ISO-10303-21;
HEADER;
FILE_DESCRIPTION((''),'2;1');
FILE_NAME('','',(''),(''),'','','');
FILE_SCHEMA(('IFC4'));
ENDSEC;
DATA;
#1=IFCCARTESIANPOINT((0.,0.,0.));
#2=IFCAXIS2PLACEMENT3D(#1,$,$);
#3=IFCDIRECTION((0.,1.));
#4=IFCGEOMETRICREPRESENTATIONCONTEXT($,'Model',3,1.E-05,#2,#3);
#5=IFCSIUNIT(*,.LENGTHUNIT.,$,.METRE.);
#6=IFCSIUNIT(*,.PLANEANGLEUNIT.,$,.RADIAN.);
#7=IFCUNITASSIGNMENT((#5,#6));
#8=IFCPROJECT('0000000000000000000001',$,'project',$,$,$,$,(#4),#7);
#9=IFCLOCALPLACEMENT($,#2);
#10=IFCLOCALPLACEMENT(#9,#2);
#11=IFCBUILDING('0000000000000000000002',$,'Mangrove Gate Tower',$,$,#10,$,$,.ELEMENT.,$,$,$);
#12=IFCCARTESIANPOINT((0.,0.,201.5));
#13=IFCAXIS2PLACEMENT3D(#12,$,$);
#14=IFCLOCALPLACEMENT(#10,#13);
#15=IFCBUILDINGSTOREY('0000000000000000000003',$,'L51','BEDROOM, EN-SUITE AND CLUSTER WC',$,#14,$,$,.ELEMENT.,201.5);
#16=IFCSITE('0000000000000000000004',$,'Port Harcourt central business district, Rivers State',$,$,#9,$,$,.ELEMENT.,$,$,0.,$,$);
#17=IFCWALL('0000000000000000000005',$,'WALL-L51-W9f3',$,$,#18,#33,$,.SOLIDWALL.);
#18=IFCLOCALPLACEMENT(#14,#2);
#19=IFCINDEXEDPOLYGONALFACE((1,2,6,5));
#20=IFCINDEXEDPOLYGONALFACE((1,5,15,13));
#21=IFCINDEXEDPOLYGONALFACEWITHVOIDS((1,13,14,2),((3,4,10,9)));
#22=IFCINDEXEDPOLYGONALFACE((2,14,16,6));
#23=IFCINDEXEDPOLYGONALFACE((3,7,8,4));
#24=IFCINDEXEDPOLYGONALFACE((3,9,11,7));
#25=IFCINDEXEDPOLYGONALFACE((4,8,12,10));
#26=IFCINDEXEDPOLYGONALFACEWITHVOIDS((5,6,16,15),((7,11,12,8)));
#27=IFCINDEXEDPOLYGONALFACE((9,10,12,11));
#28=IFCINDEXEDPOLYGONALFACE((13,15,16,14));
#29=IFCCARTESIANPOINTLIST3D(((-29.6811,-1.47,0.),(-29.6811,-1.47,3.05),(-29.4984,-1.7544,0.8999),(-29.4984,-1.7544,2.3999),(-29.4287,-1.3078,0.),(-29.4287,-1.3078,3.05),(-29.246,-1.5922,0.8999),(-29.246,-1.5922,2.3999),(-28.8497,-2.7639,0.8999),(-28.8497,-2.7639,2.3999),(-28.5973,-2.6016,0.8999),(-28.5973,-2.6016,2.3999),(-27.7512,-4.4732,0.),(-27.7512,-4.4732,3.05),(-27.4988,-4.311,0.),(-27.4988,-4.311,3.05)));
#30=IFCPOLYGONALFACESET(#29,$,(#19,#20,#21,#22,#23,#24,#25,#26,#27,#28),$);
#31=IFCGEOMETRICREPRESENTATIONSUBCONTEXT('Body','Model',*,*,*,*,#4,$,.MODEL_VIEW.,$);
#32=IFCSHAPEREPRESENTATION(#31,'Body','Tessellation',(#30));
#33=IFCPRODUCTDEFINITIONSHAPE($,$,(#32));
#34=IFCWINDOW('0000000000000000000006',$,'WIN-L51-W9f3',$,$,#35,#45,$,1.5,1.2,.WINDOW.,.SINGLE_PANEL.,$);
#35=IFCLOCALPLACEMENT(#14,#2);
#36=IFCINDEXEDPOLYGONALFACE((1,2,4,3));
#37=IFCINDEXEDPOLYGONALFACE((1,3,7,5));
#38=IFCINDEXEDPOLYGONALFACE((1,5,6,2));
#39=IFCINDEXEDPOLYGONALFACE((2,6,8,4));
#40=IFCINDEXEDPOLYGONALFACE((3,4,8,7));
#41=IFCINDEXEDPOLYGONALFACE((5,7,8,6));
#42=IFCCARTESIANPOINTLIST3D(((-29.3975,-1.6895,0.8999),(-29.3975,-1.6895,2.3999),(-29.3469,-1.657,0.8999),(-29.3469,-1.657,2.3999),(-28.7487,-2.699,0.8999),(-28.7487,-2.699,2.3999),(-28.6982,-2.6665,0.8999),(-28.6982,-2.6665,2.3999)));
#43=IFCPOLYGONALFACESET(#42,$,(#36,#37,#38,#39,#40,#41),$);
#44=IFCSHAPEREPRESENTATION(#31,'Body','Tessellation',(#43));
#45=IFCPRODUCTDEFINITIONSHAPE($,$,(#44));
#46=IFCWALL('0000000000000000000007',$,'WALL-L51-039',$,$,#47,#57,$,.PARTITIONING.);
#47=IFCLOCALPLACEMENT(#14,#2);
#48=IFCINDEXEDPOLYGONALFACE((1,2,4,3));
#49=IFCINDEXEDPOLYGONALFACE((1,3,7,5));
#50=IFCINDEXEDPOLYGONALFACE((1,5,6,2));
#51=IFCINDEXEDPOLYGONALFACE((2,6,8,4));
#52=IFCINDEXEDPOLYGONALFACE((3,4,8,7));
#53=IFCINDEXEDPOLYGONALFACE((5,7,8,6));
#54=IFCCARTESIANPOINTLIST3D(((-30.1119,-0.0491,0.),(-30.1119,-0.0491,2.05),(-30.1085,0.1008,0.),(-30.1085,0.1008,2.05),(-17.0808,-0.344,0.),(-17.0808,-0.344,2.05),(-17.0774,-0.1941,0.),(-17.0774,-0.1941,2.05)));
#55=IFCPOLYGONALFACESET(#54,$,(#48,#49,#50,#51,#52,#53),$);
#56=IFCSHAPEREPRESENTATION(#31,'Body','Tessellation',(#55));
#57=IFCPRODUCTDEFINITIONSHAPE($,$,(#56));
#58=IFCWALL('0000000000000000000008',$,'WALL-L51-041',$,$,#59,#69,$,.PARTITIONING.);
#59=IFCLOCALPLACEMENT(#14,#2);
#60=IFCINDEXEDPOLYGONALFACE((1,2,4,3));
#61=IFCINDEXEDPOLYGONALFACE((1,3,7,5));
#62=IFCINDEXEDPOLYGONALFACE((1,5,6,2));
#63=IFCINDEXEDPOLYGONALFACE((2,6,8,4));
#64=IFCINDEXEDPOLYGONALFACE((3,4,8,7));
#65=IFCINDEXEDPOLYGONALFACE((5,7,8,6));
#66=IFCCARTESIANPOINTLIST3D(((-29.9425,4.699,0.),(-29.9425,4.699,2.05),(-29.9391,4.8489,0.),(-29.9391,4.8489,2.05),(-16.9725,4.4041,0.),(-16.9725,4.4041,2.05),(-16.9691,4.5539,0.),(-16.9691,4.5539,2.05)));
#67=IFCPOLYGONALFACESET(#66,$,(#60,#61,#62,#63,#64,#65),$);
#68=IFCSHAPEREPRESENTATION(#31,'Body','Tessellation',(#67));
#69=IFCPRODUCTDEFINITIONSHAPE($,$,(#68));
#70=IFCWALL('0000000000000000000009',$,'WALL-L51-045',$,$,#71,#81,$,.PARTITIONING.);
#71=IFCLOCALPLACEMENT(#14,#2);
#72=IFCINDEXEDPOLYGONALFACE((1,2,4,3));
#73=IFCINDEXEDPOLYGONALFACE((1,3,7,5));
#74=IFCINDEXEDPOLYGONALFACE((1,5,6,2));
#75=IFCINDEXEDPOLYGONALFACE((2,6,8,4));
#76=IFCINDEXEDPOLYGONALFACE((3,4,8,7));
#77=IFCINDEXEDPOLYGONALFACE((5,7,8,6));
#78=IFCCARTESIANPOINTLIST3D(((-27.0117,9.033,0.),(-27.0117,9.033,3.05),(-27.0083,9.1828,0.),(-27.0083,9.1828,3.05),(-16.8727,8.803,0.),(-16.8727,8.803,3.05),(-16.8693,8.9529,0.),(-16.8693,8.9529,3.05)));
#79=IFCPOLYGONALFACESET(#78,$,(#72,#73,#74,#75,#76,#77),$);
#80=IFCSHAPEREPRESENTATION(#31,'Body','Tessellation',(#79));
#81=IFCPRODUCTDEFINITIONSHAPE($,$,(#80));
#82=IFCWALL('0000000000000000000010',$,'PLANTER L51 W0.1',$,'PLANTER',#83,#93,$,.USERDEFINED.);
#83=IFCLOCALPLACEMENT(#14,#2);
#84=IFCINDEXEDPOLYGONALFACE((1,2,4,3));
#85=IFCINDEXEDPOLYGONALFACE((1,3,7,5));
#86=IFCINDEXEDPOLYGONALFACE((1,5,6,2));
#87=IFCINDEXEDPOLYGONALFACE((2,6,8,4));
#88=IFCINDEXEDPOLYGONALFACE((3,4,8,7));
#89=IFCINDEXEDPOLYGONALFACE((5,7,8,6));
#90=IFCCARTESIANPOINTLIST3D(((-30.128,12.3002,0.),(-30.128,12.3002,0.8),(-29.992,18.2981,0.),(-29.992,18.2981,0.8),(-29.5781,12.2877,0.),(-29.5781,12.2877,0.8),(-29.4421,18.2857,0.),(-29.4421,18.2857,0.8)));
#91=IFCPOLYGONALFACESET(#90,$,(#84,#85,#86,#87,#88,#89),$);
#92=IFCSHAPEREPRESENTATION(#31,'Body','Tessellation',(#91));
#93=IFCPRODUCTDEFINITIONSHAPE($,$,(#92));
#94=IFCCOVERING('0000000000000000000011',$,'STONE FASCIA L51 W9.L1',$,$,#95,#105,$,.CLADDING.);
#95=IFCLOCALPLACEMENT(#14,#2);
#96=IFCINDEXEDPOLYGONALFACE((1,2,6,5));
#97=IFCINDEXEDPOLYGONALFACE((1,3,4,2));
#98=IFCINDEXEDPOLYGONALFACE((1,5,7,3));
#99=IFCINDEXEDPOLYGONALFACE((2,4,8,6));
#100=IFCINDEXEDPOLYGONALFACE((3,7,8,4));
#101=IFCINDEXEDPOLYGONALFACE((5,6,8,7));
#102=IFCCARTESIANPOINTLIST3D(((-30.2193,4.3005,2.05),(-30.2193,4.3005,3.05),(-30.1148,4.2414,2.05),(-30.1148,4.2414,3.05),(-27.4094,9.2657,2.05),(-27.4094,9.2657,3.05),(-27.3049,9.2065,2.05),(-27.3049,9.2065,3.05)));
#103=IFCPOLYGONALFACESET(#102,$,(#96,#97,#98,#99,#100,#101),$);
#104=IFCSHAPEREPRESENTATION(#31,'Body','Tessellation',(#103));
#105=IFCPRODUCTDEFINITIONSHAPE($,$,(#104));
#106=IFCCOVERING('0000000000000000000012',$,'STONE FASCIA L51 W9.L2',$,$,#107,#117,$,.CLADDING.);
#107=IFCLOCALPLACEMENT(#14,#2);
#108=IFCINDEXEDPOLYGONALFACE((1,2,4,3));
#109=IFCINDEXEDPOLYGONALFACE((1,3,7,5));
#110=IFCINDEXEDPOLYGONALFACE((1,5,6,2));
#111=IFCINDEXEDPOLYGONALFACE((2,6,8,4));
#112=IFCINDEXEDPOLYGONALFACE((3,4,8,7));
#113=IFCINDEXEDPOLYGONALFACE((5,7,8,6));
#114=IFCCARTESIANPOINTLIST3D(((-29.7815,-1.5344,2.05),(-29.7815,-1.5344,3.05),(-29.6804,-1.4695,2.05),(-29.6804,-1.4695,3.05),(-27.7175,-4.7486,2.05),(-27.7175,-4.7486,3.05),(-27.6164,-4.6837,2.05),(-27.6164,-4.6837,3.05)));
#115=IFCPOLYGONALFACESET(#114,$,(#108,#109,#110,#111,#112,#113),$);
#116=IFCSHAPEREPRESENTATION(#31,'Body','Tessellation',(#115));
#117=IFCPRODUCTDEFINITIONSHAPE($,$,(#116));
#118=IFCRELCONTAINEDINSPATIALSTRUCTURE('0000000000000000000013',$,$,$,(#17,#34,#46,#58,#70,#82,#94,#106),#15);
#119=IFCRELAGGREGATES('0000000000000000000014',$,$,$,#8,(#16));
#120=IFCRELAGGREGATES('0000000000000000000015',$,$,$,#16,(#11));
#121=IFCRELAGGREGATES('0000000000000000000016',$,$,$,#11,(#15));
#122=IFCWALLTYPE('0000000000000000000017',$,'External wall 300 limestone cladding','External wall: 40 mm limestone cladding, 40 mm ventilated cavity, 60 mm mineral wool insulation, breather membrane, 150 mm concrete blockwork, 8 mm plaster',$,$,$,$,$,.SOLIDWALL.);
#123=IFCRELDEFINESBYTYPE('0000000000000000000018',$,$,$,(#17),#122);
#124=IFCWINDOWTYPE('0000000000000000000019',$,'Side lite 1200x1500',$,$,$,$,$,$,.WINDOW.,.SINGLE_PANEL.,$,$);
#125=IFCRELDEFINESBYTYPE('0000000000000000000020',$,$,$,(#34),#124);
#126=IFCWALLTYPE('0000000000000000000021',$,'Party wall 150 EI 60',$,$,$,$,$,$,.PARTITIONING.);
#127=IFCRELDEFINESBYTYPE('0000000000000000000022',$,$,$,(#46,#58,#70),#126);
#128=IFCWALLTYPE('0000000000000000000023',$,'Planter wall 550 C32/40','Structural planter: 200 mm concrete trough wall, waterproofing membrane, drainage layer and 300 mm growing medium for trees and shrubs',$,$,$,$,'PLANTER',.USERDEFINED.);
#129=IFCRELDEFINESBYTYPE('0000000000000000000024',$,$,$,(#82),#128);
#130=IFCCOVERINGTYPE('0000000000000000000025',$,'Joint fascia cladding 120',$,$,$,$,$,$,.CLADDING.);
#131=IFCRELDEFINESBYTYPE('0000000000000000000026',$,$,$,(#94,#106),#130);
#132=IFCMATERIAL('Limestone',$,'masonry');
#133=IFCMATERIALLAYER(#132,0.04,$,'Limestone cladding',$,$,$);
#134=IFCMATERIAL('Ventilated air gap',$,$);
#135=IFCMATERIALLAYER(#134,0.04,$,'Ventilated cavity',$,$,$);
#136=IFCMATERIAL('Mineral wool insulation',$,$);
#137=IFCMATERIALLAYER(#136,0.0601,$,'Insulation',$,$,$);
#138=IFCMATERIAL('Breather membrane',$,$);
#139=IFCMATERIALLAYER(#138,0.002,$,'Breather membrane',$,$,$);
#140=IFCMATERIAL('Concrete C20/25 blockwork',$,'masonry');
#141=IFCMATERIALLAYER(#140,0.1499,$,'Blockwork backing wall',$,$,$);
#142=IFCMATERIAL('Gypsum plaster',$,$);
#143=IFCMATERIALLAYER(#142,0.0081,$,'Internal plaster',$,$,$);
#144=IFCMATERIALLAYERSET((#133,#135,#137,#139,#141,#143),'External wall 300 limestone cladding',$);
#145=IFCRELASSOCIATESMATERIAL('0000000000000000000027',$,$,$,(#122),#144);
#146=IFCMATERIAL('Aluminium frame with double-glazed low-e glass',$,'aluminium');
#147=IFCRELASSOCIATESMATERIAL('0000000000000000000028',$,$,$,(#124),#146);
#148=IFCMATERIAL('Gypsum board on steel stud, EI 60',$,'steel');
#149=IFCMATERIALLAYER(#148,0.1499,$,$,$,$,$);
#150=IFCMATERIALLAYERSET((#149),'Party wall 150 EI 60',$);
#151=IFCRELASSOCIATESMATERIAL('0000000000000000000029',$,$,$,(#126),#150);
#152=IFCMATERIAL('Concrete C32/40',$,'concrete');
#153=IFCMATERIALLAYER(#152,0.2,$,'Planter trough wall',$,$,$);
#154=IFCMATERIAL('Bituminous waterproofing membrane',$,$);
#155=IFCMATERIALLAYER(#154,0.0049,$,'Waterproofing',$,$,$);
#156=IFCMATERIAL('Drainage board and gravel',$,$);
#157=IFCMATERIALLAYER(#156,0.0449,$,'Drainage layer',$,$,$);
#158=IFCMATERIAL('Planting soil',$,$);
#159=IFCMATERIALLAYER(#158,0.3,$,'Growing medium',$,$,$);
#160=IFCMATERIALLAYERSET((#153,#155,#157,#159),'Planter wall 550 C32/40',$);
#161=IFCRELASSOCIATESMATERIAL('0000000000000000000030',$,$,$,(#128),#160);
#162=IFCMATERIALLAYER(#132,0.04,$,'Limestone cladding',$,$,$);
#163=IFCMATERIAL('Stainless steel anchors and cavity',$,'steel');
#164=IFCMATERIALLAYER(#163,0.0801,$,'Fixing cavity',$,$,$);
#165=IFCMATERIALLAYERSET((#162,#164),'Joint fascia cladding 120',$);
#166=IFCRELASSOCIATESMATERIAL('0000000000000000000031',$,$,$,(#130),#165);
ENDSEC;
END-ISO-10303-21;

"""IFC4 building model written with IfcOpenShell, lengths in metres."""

from ifc_helpers import new_model, si_unit, direction, frame, frame_2d, origin, place, context, subcontext, project, spatial, rectangle, extrude, material, layer, layer_set, type_object, element, fill, save


model = new_model("IFC4")

# Units and contexts
model_context = context("Model", 3, precision=1e-05, world=origin(), true_north=direction((0.0, 1.0)))
body_context = subcontext(model_context, "Body", "Model", "MODEL_VIEW")
ifc_project = project(units=[si_unit("LENGTHUNIT", "METRE"), si_unit("PLANEANGLEUNIT", "RADIAN")], contexts=[model_context])

# Site, building, storey
site_placement = place(None, origin())
site = spatial("IfcSite", under=ifc_project, at=site_placement, Name="Port Harcourt central business district, Rivers State", CompositionType="ELEMENT", RefElevation=0.0)
building_placement = place(site_placement, origin())
building = spatial("IfcBuilding", under=site, at=building_placement, Name="Mangrove Gate Tower", CompositionType="ELEMENT")
storey_placement = place(building_placement, frame((0.0, 0.0, 201.5)))
storey = spatial("IfcBuildingStorey", under=building, at=storey_placement, Name="L51", Description="BEDROOM, EN-SUITE AND CLUSTER WC", CompositionType="ELEMENT", Elevation=201.5)

# Wall, opening, window
ifc_material_1 = material(Name="Limestone", Category="masonry")
ifc_layer_1 = layer(ifc_material_1, 0.04, Name="Limestone cladding")
ifc_material_2 = material(Name="Ventilated air gap")
ifc_layer_2 = layer(ifc_material_2, 0.04, Name="Ventilated cavity")
ifc_material_3 = material(Name="Mineral wool insulation")
ifc_layer_3 = layer(ifc_material_3, 0.0601, Name="Insulation")
ifc_material_4 = material(Name="Breather membrane")
ifc_layer_4 = layer(ifc_material_4, 0.002, Name="Breather membrane")
ifc_material_5 = material(Name="Concrete C20/25 blockwork", Category="masonry")
ifc_layer_5 = layer(ifc_material_5, 0.1499, Name="Blockwork backing wall")
ifc_material_6 = material(Name="Gypsum plaster")
ifc_layer_6 = layer(ifc_material_6, 0.0081, Name="Internal plaster")
ifc_layer_set_1 = layer_set([ifc_layer_1, ifc_layer_2, ifc_layer_3, ifc_layer_4, ifc_layer_5, ifc_layer_6], Name="External wall 300 limestone cladding")
wall_type_1 = type_object("IfcWallType", Name="External wall 300 limestone cladding", Description="External wall: 40 mm limestone cladding, 40 mm ventilated cavity, 60 mm mineral wool insulation, breather membrane, 150 mm concrete blockwork, 8 mm plaster", PredefinedType="SOLIDWALL", material=ifc_layer_set_1)
ifc_material_7 = material(Name="Aluminium frame with double-glazed low-e glass", Category="aluminium")
window_type_1 = type_object("IfcWindowType", Name="Side lite 1200x1500", PartitioningType="SINGLE_PANEL", PredefinedType="WINDOW", material=ifc_material_7)
wall_1_placement = place(storey_placement, frame((-29.5549, -1.3889, 0.0), z_axis=(0.0, 0.0, 1.0), x_axis=(0.540623, -0.841265, 0.0)))
wall_1 = element("IfcWall", 1, at=wall_1_placement, inside=storey, type_object=wall_type_1, Name="WALL-L51-W9f3", PredefinedType="SOLIDWALL", context=body_context, shape_type="SweptSolid", body=[
    extrude(rectangle(XDim=3.5698, YDim=0.3, at=frame_2d((1.7849, 0.0))), origin(), (0.0, 0.0, 1.0), 3.05),
])
opening_1_placement = place(wall_1_placement, frame((0.3379, 0.0, 0.8999)))
opening_1 = element("IfcOpeningElement", 2, at=opening_1_placement, cuts=wall_1, PredefinedType="OPENING", context=body_context, shape_type="SweptSolid", body=[
    extrude(rectangle(XDim=1.2, YDim=1.5, at=frame_2d((0.6001, 0.75))), frame((0.0, 0.1599, 0.0), z_axis=(0.0, -1.0, 0.0), x_axis=(1.0, 0.0, 0.0)), (0.0, 0.0, 1.0), 0.3201),
])
window_1_placement = place(opening_1_placement, origin())
window_1 = element("IfcWindow", 3, at=window_1_placement, inside=storey, type_object=window_type_1, Name="WIN-L51-W9f3", OverallHeight=1.5, OverallWidth=1.2, PartitioningType="SINGLE_PANEL", PredefinedType="WINDOW", context=body_context, shape_type="SweptSolid", body=[
    extrude(rectangle(XDim=1.2, YDim=1.5, at=frame_2d((0.6001, 0.75))), frame((0.0, 0.03, 0.0), z_axis=(0.0, -1.0, 0.0), x_axis=(1.0, 0.0, 0.0)), (0.0, 0.0, 1.0), 0.0601),
])
fill(opening_1, window_1)

# Walls
ifc_material_8 = material(Name="Gypsum board on steel stud, EI 60", Category="steel")
ifc_layer_7 = layer(ifc_material_8, 0.1499)
ifc_layer_set_2 = layer_set([ifc_layer_7], Name="Party wall 150 EI 60")
wall_type_2 = type_object("IfcWallType", Name="Party wall 150 EI 60", PredefinedType="PARTITIONING", material=ifc_layer_set_2)
wall_2_placement = place(storey_placement, frame((-30.1101, 0.0259, 0.0), z_axis=(0.0, 0.0, 1.0), x_axis=(0.999744, -0.022627, 0.0)))
element("IfcWall", 4, at=wall_2_placement, inside=storey, type_object=wall_type_2, Name="WALL-L51-039", PredefinedType="PARTITIONING", context=body_context, shape_type="SweptSolid", body=[
    extrude(rectangle(XDim=13.0344, YDim=0.1499, at=frame_2d((6.5171, 0.0))), origin(), (0.0, 0.0, 1.0), 2.05),
])
wall_3_placement = place(storey_placement, frame((-29.9409, 4.7739, 0.0), z_axis=(0.0, 0.0, 1.0), x_axis=(0.999742, -0.022733, 0.0)))
element("IfcWall", 5, at=wall_3_placement, inside=storey, type_object=wall_type_2, Name="WALL-L51-041", PredefinedType="PARTITIONING", context=body_context, shape_type="SweptSolid", body=[
    extrude(rectangle(XDim=12.9734, YDim=0.1499, at=frame_2d((6.4868, 0.0))), origin(), (0.0, 0.0, 1.0), 2.05),
])
wall_4_placement = place(storey_placement, frame((-27.01, 9.1079, 0.0), z_axis=(0.0, 0.0, 1.0), x_axis=(0.999743, -0.022677, 0.0)))
element("IfcWall", 6, at=wall_4_placement, inside=storey, type_object=wall_type_2, Name="WALL-L51-045", PredefinedType="PARTITIONING", context=body_context, shape_type="SweptSolid", body=[
    extrude(rectangle(XDim=10.1416, YDim=0.1499, at=frame_2d((5.0708, 0.0))), origin(), (0.0, 0.0, 1.0), 3.05),
])
ifc_material_9 = material(Name="Concrete C32/40", Category="concrete")
ifc_layer_8 = layer(ifc_material_9, 0.2, Name="Planter trough wall")
ifc_material_10 = material(Name="Bituminous waterproofing membrane")
ifc_layer_9 = layer(ifc_material_10, 0.0049, Name="Waterproofing")
ifc_material_11 = material(Name="Drainage board and gravel")
ifc_layer_10 = layer(ifc_material_11, 0.0449, Name="Drainage layer")
ifc_material_12 = material(Name="Planting soil")
ifc_layer_11 = layer(ifc_material_12, 0.3, Name="Growing medium")
ifc_layer_set_3 = layer_set([ifc_layer_8, ifc_layer_9, ifc_layer_10, ifc_layer_11], Name="Planter wall 550 C32/40")
wall_type_3 = type_object("IfcWallType", Name="Planter wall 550 C32/40", Description="Structural planter: 200 mm concrete trough wall, waterproofing membrane, drainage layer and 300 mm growing medium for trees and shrubs", ElementType="PLANTER", PredefinedType="USERDEFINED", material=ifc_layer_set_3)
wall_5_placement = place(storey_placement, frame((-29.853, 12.2939, 0.0), z_axis=(0.0, 0.0, 1.0), x_axis=(0.022666, 0.999743, 0.0)))
element("IfcWall", 7, at=wall_5_placement, inside=storey, type_object=wall_type_3, Name="PLANTER L51 W0.1", ObjectType="PLANTER", PredefinedType="USERDEFINED", context=body_context, shape_type="SweptSolid", body=[
    extrude(rectangle(XDim=5.9995, YDim=0.55, at=frame_2d((2.9998, 0.0))), origin(), (0.0, 0.0, 1.0), 0.8),
])

# Coverings
ifc_layer_12 = layer(ifc_material_1, 0.04, Name="Limestone cladding")
ifc_material_13 = material(Name="Stainless steel anchors and cavity", Category="steel")
ifc_layer_13 = layer(ifc_material_13, 0.0801, Name="Fixing cavity")
ifc_layer_set_4 = layer_set([ifc_layer_12, ifc_layer_13], Name="Joint fascia cladding 120")
covering_type = type_object("IfcCoveringType", Name="Joint fascia cladding 120", PredefinedType="CLADDING", material=ifc_layer_set_4)
covering_1_placement = place(storey_placement, frame((-27.3572, 9.2361, 2.05), z_axis=(0.0, 0.0, 1.0), x_axis=(-0.492517, -0.870303, 0.0)))
element("IfcCovering", 8, at=covering_1_placement, inside=storey, type_object=covering_type, Name="STONE FASCIA L51 W9.L1", PredefinedType="CLADDING", context=body_context, shape_type="SweptSolid", body=[
    extrude(rectangle(XDim=5.7051, YDim=0.1201, at=frame_2d((2.8525, 0.0))), origin(), (0.0, 0.0, 1.0), 1.0),
])
covering_2_placement = place(storey_placement, frame((-29.731, -1.502, 2.05), z_axis=(0.0, 0.0, 1.0), x_axis=(0.540341, -0.841446, 0.0)))
element("IfcCovering", 9, at=covering_2_placement, inside=storey, type_object=covering_type, Name="STONE FASCIA L51 W9.L2", PredefinedType="CLADDING", context=body_context, shape_type="SweptSolid", body=[
    extrude(rectangle(XDim=3.8198, YDim=0.1201, at=frame_2d((1.9099, 0.0))), origin(), (0.0, 0.0, 1.0), 1.0),
])

save(model, "model.ifc")
